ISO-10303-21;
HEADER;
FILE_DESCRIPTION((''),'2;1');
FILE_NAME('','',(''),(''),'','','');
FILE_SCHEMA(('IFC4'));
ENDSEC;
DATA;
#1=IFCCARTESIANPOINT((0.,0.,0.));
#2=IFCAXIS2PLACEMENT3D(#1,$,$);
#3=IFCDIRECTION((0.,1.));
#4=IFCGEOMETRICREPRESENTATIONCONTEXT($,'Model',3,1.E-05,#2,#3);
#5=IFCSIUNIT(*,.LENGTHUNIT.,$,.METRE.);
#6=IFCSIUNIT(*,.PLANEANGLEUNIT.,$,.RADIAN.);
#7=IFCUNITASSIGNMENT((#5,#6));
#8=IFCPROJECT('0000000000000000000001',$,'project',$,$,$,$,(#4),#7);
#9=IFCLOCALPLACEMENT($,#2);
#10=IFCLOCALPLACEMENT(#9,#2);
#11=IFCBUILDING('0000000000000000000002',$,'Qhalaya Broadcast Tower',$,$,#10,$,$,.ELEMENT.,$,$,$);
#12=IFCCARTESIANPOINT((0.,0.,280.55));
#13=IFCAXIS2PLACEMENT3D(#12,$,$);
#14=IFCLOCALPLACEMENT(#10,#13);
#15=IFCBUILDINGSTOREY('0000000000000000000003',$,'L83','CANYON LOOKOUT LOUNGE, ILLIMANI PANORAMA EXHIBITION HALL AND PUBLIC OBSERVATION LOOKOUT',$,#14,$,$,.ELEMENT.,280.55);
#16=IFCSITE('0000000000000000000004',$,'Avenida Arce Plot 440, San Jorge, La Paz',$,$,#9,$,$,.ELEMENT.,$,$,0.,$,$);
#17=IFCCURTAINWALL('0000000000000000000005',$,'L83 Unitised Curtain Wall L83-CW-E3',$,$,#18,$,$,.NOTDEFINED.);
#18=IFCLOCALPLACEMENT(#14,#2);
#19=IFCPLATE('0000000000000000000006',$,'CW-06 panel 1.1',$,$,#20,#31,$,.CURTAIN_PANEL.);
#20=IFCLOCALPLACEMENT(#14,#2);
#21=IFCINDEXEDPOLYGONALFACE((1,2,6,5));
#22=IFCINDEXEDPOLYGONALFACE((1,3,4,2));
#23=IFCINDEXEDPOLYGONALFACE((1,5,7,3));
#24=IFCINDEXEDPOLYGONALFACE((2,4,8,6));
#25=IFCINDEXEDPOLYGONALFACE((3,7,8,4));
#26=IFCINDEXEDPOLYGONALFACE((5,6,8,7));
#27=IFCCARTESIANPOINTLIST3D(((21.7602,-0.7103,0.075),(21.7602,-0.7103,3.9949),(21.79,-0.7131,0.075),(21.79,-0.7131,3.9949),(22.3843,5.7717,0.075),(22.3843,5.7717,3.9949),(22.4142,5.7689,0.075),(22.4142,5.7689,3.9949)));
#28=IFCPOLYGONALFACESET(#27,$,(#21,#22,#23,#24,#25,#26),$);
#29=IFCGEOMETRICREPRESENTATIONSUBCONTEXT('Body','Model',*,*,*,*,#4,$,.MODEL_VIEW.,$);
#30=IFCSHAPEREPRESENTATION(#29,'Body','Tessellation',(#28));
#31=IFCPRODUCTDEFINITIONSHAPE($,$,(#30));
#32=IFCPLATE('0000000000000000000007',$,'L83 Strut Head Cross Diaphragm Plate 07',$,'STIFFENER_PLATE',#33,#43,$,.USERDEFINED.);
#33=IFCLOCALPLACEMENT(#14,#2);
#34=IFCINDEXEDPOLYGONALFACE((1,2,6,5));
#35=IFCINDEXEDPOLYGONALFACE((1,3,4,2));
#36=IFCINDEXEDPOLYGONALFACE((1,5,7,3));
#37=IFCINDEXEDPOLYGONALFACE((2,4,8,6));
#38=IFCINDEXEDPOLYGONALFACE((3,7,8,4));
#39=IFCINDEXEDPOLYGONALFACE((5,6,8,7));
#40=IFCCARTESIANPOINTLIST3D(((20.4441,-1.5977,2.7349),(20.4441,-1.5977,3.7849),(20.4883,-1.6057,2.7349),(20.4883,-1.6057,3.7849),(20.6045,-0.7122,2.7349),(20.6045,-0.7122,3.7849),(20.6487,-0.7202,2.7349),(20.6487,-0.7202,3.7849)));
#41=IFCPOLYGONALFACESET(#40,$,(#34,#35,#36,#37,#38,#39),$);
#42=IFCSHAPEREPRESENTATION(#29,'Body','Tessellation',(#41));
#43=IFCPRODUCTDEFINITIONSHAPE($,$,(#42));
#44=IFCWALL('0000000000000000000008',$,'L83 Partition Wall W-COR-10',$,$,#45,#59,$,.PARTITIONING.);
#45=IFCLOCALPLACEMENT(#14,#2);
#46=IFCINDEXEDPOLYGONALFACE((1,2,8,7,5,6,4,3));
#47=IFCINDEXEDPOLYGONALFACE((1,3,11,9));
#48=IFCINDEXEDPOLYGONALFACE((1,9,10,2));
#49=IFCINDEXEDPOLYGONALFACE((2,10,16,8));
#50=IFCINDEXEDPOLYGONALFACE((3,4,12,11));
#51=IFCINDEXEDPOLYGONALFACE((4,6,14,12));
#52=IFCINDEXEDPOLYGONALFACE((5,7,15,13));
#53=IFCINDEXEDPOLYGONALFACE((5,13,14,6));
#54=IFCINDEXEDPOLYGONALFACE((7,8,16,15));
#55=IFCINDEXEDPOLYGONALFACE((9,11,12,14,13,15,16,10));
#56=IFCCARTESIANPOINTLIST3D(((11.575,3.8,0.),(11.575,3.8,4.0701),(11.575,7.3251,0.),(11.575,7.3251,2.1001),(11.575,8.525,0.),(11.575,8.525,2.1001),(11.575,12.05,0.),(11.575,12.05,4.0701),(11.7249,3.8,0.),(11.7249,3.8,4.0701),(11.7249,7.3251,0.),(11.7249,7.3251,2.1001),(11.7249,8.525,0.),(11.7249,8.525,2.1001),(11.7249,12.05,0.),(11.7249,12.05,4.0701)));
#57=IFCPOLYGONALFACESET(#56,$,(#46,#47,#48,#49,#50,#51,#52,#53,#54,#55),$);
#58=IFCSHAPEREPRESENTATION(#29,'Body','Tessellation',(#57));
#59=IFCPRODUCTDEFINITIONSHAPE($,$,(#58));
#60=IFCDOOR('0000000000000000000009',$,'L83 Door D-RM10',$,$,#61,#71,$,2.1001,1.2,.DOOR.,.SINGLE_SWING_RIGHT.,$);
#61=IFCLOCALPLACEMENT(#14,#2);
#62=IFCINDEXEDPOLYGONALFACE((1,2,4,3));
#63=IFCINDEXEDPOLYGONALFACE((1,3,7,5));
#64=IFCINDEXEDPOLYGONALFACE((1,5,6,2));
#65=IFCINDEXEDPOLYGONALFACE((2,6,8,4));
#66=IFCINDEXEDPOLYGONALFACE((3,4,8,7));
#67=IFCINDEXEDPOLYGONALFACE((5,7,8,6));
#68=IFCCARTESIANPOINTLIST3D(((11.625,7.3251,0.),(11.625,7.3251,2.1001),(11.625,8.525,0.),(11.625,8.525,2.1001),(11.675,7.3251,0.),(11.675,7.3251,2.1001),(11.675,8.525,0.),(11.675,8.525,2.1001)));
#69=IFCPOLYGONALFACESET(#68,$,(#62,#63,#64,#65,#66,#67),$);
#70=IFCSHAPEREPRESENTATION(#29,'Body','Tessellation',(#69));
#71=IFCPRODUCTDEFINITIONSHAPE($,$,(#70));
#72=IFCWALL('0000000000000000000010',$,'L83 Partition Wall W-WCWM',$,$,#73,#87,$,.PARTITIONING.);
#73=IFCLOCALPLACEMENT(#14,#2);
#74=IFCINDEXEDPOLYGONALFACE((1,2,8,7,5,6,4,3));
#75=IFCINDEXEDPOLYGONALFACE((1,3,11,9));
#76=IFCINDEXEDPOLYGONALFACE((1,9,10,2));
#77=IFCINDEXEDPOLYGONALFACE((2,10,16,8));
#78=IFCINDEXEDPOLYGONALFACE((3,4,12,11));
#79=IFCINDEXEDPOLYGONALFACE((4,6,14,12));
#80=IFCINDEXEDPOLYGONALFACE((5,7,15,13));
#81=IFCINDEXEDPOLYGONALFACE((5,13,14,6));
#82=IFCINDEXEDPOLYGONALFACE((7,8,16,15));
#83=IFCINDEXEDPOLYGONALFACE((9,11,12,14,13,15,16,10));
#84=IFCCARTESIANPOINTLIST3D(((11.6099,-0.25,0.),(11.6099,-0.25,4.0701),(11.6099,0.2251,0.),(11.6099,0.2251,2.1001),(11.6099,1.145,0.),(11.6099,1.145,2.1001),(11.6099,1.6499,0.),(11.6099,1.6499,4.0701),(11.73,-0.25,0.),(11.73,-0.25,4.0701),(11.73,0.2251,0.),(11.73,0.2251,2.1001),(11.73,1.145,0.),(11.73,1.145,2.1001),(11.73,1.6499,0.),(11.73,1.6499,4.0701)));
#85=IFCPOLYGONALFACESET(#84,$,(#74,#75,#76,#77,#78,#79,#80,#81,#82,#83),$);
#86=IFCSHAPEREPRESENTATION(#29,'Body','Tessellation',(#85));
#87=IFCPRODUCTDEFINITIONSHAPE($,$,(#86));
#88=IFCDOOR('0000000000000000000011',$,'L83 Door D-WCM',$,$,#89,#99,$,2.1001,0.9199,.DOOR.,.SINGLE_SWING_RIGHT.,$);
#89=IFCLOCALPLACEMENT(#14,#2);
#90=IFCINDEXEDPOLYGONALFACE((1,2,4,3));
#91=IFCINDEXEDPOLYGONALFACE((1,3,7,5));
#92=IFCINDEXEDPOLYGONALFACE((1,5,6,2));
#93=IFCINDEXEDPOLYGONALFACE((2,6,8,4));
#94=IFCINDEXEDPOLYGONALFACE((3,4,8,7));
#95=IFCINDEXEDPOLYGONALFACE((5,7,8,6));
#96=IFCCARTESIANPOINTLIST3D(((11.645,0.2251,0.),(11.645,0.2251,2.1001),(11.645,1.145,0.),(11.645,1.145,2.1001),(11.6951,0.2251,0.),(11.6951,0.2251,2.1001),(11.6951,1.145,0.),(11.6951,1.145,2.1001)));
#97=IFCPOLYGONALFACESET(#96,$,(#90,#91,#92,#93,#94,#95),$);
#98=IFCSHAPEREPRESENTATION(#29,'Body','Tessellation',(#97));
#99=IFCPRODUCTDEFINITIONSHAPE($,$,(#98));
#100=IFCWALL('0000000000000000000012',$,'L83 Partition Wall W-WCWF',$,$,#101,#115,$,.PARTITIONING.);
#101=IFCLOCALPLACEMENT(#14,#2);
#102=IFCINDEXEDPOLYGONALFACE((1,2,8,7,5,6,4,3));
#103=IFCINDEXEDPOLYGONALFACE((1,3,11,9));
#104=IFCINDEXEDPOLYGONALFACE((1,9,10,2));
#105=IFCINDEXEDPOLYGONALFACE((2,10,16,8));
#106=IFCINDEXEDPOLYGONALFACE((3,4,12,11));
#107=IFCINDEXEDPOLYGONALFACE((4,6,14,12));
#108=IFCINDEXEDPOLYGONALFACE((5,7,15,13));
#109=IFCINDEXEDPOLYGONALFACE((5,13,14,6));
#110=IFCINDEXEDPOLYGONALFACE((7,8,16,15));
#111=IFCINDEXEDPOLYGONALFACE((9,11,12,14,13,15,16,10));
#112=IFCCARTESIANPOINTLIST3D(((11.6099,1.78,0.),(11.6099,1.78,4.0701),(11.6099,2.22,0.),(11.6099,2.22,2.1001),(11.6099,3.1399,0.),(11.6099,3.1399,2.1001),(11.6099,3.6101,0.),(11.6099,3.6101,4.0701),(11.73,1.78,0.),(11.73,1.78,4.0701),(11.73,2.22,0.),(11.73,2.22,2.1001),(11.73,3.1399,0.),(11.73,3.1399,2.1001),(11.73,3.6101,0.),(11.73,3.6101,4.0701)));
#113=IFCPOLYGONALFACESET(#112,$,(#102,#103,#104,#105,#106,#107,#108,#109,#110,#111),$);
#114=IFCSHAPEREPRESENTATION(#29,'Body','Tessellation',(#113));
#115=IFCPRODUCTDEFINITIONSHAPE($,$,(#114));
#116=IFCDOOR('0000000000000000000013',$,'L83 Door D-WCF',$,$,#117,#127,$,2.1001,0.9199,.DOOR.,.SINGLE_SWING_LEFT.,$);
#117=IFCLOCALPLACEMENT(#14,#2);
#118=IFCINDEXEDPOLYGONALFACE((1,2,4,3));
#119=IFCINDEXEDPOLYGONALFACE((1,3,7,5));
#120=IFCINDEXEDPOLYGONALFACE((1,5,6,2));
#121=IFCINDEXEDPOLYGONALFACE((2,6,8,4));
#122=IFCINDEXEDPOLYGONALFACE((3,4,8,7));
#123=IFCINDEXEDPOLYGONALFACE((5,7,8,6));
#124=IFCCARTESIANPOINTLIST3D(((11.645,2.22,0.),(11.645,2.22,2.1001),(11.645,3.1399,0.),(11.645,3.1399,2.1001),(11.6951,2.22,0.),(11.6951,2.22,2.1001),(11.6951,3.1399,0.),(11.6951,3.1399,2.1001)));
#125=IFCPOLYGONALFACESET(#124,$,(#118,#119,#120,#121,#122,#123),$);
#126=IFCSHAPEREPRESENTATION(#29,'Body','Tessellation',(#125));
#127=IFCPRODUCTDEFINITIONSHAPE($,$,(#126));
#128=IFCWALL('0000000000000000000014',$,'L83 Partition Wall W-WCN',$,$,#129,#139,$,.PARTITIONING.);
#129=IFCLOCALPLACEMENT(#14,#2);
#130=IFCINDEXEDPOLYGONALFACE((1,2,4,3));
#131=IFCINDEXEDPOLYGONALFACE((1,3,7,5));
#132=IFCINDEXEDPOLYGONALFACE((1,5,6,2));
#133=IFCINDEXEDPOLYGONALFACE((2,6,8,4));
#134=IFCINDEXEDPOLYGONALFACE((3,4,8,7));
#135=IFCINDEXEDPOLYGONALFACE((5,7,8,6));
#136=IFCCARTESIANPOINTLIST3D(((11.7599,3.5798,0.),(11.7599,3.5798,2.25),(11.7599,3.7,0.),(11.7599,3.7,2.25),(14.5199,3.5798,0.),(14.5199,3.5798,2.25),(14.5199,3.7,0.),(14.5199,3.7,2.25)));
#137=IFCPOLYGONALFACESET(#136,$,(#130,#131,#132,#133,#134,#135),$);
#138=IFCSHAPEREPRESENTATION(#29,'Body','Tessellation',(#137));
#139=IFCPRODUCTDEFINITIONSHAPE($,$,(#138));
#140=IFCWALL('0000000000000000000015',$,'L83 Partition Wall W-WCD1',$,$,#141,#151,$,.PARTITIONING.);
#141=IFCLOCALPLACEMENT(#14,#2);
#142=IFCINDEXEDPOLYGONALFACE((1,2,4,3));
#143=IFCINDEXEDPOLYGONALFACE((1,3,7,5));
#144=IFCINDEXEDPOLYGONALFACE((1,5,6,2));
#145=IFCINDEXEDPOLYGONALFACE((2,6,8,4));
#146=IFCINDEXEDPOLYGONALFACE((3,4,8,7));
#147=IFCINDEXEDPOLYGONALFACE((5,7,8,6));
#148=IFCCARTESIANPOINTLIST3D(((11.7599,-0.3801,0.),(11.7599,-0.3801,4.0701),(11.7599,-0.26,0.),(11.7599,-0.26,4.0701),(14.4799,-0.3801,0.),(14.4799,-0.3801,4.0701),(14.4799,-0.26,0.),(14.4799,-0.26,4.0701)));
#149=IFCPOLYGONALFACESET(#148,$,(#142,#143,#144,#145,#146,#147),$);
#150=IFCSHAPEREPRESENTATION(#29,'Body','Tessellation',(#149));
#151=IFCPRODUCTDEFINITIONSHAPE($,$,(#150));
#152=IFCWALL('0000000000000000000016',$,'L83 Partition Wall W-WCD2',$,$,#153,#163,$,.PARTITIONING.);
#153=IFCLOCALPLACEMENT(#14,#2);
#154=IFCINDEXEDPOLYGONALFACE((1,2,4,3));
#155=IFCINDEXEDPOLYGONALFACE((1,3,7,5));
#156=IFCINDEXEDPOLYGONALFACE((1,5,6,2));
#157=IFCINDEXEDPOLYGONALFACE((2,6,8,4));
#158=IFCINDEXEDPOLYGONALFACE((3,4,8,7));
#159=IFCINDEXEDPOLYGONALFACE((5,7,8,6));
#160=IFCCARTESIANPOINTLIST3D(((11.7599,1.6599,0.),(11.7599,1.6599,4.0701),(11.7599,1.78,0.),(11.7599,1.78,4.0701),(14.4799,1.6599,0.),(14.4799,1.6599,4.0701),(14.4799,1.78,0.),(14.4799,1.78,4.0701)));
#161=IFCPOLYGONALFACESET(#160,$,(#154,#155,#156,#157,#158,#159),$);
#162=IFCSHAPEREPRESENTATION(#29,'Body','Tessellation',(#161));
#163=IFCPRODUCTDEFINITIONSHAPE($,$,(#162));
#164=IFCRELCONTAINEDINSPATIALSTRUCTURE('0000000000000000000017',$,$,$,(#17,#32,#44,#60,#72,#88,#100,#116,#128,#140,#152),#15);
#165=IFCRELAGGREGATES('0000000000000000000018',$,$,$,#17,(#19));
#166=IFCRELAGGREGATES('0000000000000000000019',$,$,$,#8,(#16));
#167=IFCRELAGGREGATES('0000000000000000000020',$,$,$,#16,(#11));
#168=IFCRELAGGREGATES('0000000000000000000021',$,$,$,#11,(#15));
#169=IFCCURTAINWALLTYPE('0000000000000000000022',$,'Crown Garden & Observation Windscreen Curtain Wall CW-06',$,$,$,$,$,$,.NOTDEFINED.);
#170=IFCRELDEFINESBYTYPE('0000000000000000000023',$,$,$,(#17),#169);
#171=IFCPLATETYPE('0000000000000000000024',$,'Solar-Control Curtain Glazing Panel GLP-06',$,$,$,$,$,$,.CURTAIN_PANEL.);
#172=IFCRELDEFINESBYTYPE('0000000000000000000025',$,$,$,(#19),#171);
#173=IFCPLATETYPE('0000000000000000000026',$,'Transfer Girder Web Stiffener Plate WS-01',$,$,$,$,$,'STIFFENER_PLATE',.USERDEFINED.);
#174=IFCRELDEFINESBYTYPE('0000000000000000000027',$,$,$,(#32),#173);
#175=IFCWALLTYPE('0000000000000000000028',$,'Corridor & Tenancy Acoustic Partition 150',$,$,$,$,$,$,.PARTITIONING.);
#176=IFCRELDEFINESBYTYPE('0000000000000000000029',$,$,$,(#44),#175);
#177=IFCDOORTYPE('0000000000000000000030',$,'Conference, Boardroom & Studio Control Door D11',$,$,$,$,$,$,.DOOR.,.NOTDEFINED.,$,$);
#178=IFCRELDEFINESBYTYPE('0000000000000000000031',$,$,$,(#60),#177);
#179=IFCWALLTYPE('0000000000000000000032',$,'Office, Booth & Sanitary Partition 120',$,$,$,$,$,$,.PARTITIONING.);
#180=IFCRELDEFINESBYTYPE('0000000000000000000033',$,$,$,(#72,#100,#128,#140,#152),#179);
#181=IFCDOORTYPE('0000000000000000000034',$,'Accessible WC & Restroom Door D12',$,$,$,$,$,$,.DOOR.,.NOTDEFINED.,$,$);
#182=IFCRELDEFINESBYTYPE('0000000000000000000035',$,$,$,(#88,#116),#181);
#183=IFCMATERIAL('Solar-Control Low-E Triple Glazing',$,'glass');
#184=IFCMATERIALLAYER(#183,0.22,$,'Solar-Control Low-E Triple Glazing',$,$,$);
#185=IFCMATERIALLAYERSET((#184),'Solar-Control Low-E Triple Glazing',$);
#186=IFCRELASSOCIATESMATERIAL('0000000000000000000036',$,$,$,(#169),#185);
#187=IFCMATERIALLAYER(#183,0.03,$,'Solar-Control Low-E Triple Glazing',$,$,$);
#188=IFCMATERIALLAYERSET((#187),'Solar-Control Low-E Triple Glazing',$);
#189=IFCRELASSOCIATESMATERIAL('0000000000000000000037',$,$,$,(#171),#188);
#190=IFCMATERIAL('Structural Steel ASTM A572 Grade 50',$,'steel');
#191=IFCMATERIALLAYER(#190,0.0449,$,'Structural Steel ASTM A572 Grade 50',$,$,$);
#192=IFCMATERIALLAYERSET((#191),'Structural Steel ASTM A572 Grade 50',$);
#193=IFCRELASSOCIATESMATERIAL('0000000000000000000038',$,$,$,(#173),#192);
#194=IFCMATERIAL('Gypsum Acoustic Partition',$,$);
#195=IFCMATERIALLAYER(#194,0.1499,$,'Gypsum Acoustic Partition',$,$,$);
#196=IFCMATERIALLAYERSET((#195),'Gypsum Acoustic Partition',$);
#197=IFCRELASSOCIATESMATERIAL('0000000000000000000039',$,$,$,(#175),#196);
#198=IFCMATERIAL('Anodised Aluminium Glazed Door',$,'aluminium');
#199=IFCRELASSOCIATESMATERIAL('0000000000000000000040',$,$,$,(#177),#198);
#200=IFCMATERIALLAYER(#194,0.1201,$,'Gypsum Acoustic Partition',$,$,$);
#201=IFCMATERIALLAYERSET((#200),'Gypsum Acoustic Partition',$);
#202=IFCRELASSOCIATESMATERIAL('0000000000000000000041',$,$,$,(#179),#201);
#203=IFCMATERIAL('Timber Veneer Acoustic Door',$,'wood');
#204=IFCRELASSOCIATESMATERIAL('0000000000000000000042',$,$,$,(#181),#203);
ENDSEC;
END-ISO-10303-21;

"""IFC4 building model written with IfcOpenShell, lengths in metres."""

from ifc_helpers import new_model, si_unit, direction, frame, frame_2d, origin, origin_2d, place, context, subcontext, project, spatial, rectangle, extrude, material, layer, layer_set, type_object, element, fill, aggregate, save


model = new_model("IFC4")

# Units and contexts
model_context = context("Model", 3, precision=1e-05, world=origin(), true_north=direction((0.0, 1.0)))
body_context = subcontext(model_context, "Body", "Model", "MODEL_VIEW")
ifc_project = project(units=[si_unit("LENGTHUNIT", "METRE"), si_unit("PLANEANGLEUNIT", "RADIAN")], contexts=[model_context])

# Site, building, storey
site_placement = place(None, origin())
site = spatial("IfcSite", under=ifc_project, at=site_placement, Name="Avenida Arce Plot 440, San Jorge, La Paz", CompositionType="ELEMENT", RefElevation=0.0)
building_placement = place(site_placement, origin())
building = spatial("IfcBuilding", under=site, at=building_placement, Name="Qhalaya Broadcast Tower", CompositionType="ELEMENT")
storey_placement = place(building_placement, frame((0.0, 0.0, 280.55)))
storey = spatial("IfcBuildingStorey", under=building, at=storey_placement, Name="L83", Description="CANYON LOOKOUT LOUNGE, ILLIMANI PANORAMA EXHIBITION HALL AND PUBLIC OBSERVATION LOOKOUT", CompositionType="ELEMENT", Elevation=280.55)

# Shared definitions
ifc_material_1 = material(Name="Structural Steel ASTM A572 Grade 50", Category="steel")

# Curtain wall
ifc_material_2 = material(Name="Solar-Control Low-E Triple Glazing", Category="glass")
ifc_layer_1 = layer(ifc_material_2, 0.22, Name="Solar-Control Low-E Triple Glazing")
ifc_layer_set_1 = layer_set([ifc_layer_1], Name="Solar-Control Low-E Triple Glazing")
curtain_wall_type = type_object("IfcCurtainWallType", Name="Crown Garden & Observation Windscreen Curtain Wall CW-06", PredefinedType="NOTDEFINED", material=ifc_layer_set_1)
curtain_wall_placement = place(storey_placement, origin())
curtain_wall = element("IfcCurtainWall", 1, at=curtain_wall_placement, inside=storey, type_object=curtain_wall_type, Name="L83 Unitised Curtain Wall L83-CW-E3", PredefinedType="NOTDEFINED")

# Plates
ifc_layer_2 = layer(ifc_material_2, 0.03, Name="Solar-Control Low-E Triple Glazing")
ifc_layer_set_2 = layer_set([ifc_layer_2], Name="Solar-Control Low-E Triple Glazing")
plate_type_1 = type_object("IfcPlateType", Name="Solar-Control Curtain Glazing Panel GLP-06", PredefinedType="CURTAIN_PANEL", material=ifc_layer_set_2)
plate_1_placement = place(storey_placement, frame((22.0872, 2.5293, 0.075), z_axis=(0.0, 0.0, 1.0), x_axis=(0.095843, 0.995397, 0.0)))
plate_1 = element("IfcPlate", 2, at=plate_1_placement, type_object=plate_type_1, Name="CW-06 panel 1.1", PredefinedType="CURTAIN_PANEL", context=body_context, shape_type="SweptSolid", body=[
    extrude(rectangle(XDim=6.512, YDim=0.03, at=origin_2d()), origin(), (0.0, 0.0, 1.0), 3.9199),
])
aggregate(curtain_wall, [plate_1])
ifc_layer_3 = layer(ifc_material_1, 0.0449, Name="Structural Steel ASTM A572 Grade 50")
ifc_layer_set_3 = layer_set([ifc_layer_3], Name="Structural Steel ASTM A572 Grade 50")
plate_type_2 = type_object("IfcPlateType", Name="Transfer Girder Web Stiffener Plate WS-01", ElementType="STIFFENER_PLATE", PredefinedType="USERDEFINED", material=ifc_layer_set_3)
plate_2_placement = place(storey_placement, frame((20.5464, -1.1589, 2.7349), z_axis=(0.0, 0.0, 1.0), x_axis=(-0.178253, -0.983985, 0.0)))
element("IfcPlate", 3, at=plate_2_placement, inside=storey, type_object=plate_type_2, Name="L83 Strut Head Cross Diaphragm Plate 07", ObjectType="STIFFENER_PLATE", PredefinedType="USERDEFINED", context=body_context, shape_type="SweptSolid", body=[
    extrude(rectangle(XDim=0.8999, YDim=0.0449, at=origin_2d()), origin(), (0.0, 0.0, 1.0), 1.05),
])

# Walls, openings, doors
ifc_material_3 = material(Name="Gypsum Acoustic Partition")
ifc_layer_4 = layer(ifc_material_3, 0.1499, Name="Gypsum Acoustic Partition")
ifc_layer_set_4 = layer_set([ifc_layer_4], Name="Gypsum Acoustic Partition")
wall_type_1 = type_object("IfcWallType", Name="Corridor & Tenancy Acoustic Partition 150", PredefinedType="PARTITIONING", material=ifc_layer_set_4)
wall_1_placement = place(storey_placement, frame((11.6499, 3.8, 0.0), z_axis=(0.0, 0.0, 1.0), x_axis=(0.0, 1.0, 0.0)))
wall_1 = element("IfcWall", 4, at=wall_1_placement, inside=storey, type_object=wall_type_1, Name="L83 Partition Wall W-COR-10", PredefinedType="PARTITIONING", context=body_context, shape_type="SweptSolid", body=[
    extrude(rectangle(XDim=8.25, YDim=0.1499, at=frame_2d((4.125, 0.0))), origin(), (0.0, 0.0, 1.0), 4.0701),
])
opening_1_placement = place(wall_1_placement, frame((3.5249, 0.0, 0.0)))
opening_1 = element("IfcOpeningElement", 5, at=opening_1_placement, cuts=wall_1, PredefinedType="OPENING", context=body_context, shape_type="SweptSolid", body=[
    extrude(rectangle(XDim=1.2, YDim=2.1001, at=frame_2d((0.6001, 1.05))), frame((0.0, 0.0869, 0.0), z_axis=(0.0, -1.0, 0.0), x_axis=(1.0, 0.0, 0.0)), (0.0, 0.0, 1.0), 0.1738),
])
ifc_material_4 = material(Name="Anodised Aluminium Glazed Door", Category="aluminium")
door_type_1 = type_object("IfcDoorType", Name="Conference, Boardroom & Studio Control Door D11", OperationType="NOTDEFINED", PredefinedType="DOOR", material=ifc_material_4)
door_1_placement = place(opening_1_placement, origin())
door_1 = element("IfcDoor", 6, at=door_1_placement, inside=storey, type_object=door_type_1, Name="L83 Door D-RM10", OperationType="SINGLE_SWING_RIGHT", OverallHeight=2.1001, OverallWidth=1.2, PredefinedType="DOOR", context=body_context, shape_type="SweptSolid", body=[
    extrude(rectangle(XDim=1.2, YDim=2.1001, at=frame_2d((0.6001, 1.05))), frame((0.0, 0.0249, 0.0), z_axis=(0.0, -1.0, 0.0), x_axis=(1.0, 0.0, 0.0)), (0.0, 0.0, 1.0), 0.05),
])
fill(opening_1, door_1)
ifc_layer_5 = layer(ifc_material_3, 0.1201, Name="Gypsum Acoustic Partition")
ifc_layer_set_5 = layer_set([ifc_layer_5], Name="Gypsum Acoustic Partition")
wall_type_2 = type_object("IfcWallType", Name="Office, Booth & Sanitary Partition 120", PredefinedType="PARTITIONING", material=ifc_layer_set_5)
wall_2_placement = place(storey_placement, frame((11.6699, -0.25, 0.0), z_axis=(0.0, 0.0, 1.0), x_axis=(0.0, 1.0, 0.0)))
wall_2 = element("IfcWall", 7, at=wall_2_placement, inside=storey, type_object=wall_type_2, Name="L83 Partition Wall W-WCWM", PredefinedType="PARTITIONING", context=body_context, shape_type="SweptSolid", body=[
    extrude(rectangle(XDim=1.8999, YDim=0.1201, at=frame_2d((0.95, 0.0))), origin(), (0.0, 0.0, 1.0), 4.0701),
])
opening_2_placement = place(wall_2_placement, frame((0.4751, 0.0, 0.0)))
opening_2 = element("IfcOpeningElement", 8, at=opening_2_placement, cuts=wall_2, PredefinedType="OPENING", context=body_context, shape_type="SweptSolid", body=[
    extrude(rectangle(XDim=0.9199, YDim=2.1001, at=frame_2d((0.46, 1.05))), frame((0.0, 0.072, 0.0), z_axis=(0.0, -1.0, 0.0), x_axis=(1.0, 0.0, 0.0)), (0.0, 0.0, 1.0), 0.144),
])
ifc_material_5 = material(Name="Timber Veneer Acoustic Door", Category="wood")
door_type_2 = type_object("IfcDoorType", Name="Accessible WC & Restroom Door D12", OperationType="NOTDEFINED", PredefinedType="DOOR", material=ifc_material_5)
door_2_placement = place(opening_2_placement, origin())
door_2 = element("IfcDoor", 9, at=door_2_placement, inside=storey, type_object=door_type_2, Name="L83 Door D-WCM", OperationType="SINGLE_SWING_RIGHT", OverallHeight=2.1001, OverallWidth=0.9199, PredefinedType="DOOR", context=body_context, shape_type="SweptSolid", body=[
    extrude(rectangle(XDim=0.9199, YDim=2.1001, at=frame_2d((0.46, 1.05))), frame((0.0, 0.0249, 0.0), z_axis=(0.0, -1.0, 0.0), x_axis=(1.0, 0.0, 0.0)), (0.0, 0.0, 1.0), 0.05),
])
fill(opening_2, door_2)
wall_3_placement = place(storey_placement, frame((11.6699, 1.78, 0.0), z_axis=(0.0, 0.0, 1.0), x_axis=(0.0, 1.0, 0.0)))
wall_3 = element("IfcWall", 10, at=wall_3_placement, inside=storey, type_object=wall_type_2, Name="L83 Partition Wall W-WCWF", PredefinedType="PARTITIONING", context=body_context, shape_type="SweptSolid", body=[
    extrude(rectangle(XDim=1.8301, YDim=0.1201, at=frame_2d((0.915, 0.0))), origin(), (0.0, 0.0, 1.0), 4.0701),
])
opening_3_placement = place(wall_3_placement, frame((0.4399, 0.0, 0.0)))
opening_3 = element("IfcOpeningElement", 11, at=opening_3_placement, cuts=wall_3, PredefinedType="OPENING", context=body_context, shape_type="SweptSolid", body=[
    extrude(rectangle(XDim=0.9199, YDim=2.1001, at=frame_2d((0.46, 1.05))), frame((0.0, 0.072, 0.0), z_axis=(0.0, -1.0, 0.0), x_axis=(1.0, 0.0, 0.0)), (0.0, 0.0, 1.0), 0.144),
])
door_3_placement = place(opening_3_placement, origin())
door_3 = element("IfcDoor", 12, at=door_3_placement, inside=storey, type_object=door_type_2, Name="L83 Door D-WCF", OperationType="SINGLE_SWING_LEFT", OverallHeight=2.1001, OverallWidth=0.9199, PredefinedType="DOOR", context=body_context, shape_type="SweptSolid", body=[
    extrude(rectangle(XDim=0.9199, YDim=2.1001, at=frame_2d((0.46, 1.05))), frame((0.0, 0.0249, 0.0), z_axis=(0.0, -1.0, 0.0), x_axis=(1.0, 0.0, 0.0)), (0.0, 0.0, 1.0), 0.05),
])
fill(opening_3, door_3)

# Walls
wall_4_placement = place(storey_placement, frame((11.76, 3.6399, 0.0), z_axis=(0.0, 0.0, 1.0), x_axis=(1.0, 0.0, 0.0)))
element("IfcWall", 13, at=wall_4_placement, inside=storey, type_object=wall_type_2, Name="L83 Partition Wall W-WCN", PredefinedType="PARTITIONING", context=body_context, shape_type="SweptSolid", body=[
    extrude(rectangle(XDim=2.76, YDim=0.1201, at=frame_2d((1.3799, 0.0))), origin(), (0.0, 0.0, 1.0), 2.25),
])
for number, where, z_axis, x_axis, name in (
    (14, (11.76, -0.3201, 0.0), (0.0, 0.0, 1.0), (1.0, 0.0, 0.0), "L83 Partition Wall W-WCD1"),
    (15, (11.76, 1.72, 0.0), (0.0, 0.0, 1.0), (1.0, 0.0, 0.0), "L83 Partition Wall W-WCD2"),
):
    element("IfcWall", number, at=place(storey_placement, frame(where, z_axis=z_axis, x_axis=x_axis)), inside=storey, type_object=wall_type_2, Name=name, PredefinedType="PARTITIONING", context=body_context, shape_type="SweptSolid", body=[
        extrude(rectangle(XDim=2.72, YDim=0.1201, at=frame_2d((1.3599, 0.0))), origin(), (0.0, 0.0, 1.0), 4.0701),
    ])

save(model, "model.ifc")
